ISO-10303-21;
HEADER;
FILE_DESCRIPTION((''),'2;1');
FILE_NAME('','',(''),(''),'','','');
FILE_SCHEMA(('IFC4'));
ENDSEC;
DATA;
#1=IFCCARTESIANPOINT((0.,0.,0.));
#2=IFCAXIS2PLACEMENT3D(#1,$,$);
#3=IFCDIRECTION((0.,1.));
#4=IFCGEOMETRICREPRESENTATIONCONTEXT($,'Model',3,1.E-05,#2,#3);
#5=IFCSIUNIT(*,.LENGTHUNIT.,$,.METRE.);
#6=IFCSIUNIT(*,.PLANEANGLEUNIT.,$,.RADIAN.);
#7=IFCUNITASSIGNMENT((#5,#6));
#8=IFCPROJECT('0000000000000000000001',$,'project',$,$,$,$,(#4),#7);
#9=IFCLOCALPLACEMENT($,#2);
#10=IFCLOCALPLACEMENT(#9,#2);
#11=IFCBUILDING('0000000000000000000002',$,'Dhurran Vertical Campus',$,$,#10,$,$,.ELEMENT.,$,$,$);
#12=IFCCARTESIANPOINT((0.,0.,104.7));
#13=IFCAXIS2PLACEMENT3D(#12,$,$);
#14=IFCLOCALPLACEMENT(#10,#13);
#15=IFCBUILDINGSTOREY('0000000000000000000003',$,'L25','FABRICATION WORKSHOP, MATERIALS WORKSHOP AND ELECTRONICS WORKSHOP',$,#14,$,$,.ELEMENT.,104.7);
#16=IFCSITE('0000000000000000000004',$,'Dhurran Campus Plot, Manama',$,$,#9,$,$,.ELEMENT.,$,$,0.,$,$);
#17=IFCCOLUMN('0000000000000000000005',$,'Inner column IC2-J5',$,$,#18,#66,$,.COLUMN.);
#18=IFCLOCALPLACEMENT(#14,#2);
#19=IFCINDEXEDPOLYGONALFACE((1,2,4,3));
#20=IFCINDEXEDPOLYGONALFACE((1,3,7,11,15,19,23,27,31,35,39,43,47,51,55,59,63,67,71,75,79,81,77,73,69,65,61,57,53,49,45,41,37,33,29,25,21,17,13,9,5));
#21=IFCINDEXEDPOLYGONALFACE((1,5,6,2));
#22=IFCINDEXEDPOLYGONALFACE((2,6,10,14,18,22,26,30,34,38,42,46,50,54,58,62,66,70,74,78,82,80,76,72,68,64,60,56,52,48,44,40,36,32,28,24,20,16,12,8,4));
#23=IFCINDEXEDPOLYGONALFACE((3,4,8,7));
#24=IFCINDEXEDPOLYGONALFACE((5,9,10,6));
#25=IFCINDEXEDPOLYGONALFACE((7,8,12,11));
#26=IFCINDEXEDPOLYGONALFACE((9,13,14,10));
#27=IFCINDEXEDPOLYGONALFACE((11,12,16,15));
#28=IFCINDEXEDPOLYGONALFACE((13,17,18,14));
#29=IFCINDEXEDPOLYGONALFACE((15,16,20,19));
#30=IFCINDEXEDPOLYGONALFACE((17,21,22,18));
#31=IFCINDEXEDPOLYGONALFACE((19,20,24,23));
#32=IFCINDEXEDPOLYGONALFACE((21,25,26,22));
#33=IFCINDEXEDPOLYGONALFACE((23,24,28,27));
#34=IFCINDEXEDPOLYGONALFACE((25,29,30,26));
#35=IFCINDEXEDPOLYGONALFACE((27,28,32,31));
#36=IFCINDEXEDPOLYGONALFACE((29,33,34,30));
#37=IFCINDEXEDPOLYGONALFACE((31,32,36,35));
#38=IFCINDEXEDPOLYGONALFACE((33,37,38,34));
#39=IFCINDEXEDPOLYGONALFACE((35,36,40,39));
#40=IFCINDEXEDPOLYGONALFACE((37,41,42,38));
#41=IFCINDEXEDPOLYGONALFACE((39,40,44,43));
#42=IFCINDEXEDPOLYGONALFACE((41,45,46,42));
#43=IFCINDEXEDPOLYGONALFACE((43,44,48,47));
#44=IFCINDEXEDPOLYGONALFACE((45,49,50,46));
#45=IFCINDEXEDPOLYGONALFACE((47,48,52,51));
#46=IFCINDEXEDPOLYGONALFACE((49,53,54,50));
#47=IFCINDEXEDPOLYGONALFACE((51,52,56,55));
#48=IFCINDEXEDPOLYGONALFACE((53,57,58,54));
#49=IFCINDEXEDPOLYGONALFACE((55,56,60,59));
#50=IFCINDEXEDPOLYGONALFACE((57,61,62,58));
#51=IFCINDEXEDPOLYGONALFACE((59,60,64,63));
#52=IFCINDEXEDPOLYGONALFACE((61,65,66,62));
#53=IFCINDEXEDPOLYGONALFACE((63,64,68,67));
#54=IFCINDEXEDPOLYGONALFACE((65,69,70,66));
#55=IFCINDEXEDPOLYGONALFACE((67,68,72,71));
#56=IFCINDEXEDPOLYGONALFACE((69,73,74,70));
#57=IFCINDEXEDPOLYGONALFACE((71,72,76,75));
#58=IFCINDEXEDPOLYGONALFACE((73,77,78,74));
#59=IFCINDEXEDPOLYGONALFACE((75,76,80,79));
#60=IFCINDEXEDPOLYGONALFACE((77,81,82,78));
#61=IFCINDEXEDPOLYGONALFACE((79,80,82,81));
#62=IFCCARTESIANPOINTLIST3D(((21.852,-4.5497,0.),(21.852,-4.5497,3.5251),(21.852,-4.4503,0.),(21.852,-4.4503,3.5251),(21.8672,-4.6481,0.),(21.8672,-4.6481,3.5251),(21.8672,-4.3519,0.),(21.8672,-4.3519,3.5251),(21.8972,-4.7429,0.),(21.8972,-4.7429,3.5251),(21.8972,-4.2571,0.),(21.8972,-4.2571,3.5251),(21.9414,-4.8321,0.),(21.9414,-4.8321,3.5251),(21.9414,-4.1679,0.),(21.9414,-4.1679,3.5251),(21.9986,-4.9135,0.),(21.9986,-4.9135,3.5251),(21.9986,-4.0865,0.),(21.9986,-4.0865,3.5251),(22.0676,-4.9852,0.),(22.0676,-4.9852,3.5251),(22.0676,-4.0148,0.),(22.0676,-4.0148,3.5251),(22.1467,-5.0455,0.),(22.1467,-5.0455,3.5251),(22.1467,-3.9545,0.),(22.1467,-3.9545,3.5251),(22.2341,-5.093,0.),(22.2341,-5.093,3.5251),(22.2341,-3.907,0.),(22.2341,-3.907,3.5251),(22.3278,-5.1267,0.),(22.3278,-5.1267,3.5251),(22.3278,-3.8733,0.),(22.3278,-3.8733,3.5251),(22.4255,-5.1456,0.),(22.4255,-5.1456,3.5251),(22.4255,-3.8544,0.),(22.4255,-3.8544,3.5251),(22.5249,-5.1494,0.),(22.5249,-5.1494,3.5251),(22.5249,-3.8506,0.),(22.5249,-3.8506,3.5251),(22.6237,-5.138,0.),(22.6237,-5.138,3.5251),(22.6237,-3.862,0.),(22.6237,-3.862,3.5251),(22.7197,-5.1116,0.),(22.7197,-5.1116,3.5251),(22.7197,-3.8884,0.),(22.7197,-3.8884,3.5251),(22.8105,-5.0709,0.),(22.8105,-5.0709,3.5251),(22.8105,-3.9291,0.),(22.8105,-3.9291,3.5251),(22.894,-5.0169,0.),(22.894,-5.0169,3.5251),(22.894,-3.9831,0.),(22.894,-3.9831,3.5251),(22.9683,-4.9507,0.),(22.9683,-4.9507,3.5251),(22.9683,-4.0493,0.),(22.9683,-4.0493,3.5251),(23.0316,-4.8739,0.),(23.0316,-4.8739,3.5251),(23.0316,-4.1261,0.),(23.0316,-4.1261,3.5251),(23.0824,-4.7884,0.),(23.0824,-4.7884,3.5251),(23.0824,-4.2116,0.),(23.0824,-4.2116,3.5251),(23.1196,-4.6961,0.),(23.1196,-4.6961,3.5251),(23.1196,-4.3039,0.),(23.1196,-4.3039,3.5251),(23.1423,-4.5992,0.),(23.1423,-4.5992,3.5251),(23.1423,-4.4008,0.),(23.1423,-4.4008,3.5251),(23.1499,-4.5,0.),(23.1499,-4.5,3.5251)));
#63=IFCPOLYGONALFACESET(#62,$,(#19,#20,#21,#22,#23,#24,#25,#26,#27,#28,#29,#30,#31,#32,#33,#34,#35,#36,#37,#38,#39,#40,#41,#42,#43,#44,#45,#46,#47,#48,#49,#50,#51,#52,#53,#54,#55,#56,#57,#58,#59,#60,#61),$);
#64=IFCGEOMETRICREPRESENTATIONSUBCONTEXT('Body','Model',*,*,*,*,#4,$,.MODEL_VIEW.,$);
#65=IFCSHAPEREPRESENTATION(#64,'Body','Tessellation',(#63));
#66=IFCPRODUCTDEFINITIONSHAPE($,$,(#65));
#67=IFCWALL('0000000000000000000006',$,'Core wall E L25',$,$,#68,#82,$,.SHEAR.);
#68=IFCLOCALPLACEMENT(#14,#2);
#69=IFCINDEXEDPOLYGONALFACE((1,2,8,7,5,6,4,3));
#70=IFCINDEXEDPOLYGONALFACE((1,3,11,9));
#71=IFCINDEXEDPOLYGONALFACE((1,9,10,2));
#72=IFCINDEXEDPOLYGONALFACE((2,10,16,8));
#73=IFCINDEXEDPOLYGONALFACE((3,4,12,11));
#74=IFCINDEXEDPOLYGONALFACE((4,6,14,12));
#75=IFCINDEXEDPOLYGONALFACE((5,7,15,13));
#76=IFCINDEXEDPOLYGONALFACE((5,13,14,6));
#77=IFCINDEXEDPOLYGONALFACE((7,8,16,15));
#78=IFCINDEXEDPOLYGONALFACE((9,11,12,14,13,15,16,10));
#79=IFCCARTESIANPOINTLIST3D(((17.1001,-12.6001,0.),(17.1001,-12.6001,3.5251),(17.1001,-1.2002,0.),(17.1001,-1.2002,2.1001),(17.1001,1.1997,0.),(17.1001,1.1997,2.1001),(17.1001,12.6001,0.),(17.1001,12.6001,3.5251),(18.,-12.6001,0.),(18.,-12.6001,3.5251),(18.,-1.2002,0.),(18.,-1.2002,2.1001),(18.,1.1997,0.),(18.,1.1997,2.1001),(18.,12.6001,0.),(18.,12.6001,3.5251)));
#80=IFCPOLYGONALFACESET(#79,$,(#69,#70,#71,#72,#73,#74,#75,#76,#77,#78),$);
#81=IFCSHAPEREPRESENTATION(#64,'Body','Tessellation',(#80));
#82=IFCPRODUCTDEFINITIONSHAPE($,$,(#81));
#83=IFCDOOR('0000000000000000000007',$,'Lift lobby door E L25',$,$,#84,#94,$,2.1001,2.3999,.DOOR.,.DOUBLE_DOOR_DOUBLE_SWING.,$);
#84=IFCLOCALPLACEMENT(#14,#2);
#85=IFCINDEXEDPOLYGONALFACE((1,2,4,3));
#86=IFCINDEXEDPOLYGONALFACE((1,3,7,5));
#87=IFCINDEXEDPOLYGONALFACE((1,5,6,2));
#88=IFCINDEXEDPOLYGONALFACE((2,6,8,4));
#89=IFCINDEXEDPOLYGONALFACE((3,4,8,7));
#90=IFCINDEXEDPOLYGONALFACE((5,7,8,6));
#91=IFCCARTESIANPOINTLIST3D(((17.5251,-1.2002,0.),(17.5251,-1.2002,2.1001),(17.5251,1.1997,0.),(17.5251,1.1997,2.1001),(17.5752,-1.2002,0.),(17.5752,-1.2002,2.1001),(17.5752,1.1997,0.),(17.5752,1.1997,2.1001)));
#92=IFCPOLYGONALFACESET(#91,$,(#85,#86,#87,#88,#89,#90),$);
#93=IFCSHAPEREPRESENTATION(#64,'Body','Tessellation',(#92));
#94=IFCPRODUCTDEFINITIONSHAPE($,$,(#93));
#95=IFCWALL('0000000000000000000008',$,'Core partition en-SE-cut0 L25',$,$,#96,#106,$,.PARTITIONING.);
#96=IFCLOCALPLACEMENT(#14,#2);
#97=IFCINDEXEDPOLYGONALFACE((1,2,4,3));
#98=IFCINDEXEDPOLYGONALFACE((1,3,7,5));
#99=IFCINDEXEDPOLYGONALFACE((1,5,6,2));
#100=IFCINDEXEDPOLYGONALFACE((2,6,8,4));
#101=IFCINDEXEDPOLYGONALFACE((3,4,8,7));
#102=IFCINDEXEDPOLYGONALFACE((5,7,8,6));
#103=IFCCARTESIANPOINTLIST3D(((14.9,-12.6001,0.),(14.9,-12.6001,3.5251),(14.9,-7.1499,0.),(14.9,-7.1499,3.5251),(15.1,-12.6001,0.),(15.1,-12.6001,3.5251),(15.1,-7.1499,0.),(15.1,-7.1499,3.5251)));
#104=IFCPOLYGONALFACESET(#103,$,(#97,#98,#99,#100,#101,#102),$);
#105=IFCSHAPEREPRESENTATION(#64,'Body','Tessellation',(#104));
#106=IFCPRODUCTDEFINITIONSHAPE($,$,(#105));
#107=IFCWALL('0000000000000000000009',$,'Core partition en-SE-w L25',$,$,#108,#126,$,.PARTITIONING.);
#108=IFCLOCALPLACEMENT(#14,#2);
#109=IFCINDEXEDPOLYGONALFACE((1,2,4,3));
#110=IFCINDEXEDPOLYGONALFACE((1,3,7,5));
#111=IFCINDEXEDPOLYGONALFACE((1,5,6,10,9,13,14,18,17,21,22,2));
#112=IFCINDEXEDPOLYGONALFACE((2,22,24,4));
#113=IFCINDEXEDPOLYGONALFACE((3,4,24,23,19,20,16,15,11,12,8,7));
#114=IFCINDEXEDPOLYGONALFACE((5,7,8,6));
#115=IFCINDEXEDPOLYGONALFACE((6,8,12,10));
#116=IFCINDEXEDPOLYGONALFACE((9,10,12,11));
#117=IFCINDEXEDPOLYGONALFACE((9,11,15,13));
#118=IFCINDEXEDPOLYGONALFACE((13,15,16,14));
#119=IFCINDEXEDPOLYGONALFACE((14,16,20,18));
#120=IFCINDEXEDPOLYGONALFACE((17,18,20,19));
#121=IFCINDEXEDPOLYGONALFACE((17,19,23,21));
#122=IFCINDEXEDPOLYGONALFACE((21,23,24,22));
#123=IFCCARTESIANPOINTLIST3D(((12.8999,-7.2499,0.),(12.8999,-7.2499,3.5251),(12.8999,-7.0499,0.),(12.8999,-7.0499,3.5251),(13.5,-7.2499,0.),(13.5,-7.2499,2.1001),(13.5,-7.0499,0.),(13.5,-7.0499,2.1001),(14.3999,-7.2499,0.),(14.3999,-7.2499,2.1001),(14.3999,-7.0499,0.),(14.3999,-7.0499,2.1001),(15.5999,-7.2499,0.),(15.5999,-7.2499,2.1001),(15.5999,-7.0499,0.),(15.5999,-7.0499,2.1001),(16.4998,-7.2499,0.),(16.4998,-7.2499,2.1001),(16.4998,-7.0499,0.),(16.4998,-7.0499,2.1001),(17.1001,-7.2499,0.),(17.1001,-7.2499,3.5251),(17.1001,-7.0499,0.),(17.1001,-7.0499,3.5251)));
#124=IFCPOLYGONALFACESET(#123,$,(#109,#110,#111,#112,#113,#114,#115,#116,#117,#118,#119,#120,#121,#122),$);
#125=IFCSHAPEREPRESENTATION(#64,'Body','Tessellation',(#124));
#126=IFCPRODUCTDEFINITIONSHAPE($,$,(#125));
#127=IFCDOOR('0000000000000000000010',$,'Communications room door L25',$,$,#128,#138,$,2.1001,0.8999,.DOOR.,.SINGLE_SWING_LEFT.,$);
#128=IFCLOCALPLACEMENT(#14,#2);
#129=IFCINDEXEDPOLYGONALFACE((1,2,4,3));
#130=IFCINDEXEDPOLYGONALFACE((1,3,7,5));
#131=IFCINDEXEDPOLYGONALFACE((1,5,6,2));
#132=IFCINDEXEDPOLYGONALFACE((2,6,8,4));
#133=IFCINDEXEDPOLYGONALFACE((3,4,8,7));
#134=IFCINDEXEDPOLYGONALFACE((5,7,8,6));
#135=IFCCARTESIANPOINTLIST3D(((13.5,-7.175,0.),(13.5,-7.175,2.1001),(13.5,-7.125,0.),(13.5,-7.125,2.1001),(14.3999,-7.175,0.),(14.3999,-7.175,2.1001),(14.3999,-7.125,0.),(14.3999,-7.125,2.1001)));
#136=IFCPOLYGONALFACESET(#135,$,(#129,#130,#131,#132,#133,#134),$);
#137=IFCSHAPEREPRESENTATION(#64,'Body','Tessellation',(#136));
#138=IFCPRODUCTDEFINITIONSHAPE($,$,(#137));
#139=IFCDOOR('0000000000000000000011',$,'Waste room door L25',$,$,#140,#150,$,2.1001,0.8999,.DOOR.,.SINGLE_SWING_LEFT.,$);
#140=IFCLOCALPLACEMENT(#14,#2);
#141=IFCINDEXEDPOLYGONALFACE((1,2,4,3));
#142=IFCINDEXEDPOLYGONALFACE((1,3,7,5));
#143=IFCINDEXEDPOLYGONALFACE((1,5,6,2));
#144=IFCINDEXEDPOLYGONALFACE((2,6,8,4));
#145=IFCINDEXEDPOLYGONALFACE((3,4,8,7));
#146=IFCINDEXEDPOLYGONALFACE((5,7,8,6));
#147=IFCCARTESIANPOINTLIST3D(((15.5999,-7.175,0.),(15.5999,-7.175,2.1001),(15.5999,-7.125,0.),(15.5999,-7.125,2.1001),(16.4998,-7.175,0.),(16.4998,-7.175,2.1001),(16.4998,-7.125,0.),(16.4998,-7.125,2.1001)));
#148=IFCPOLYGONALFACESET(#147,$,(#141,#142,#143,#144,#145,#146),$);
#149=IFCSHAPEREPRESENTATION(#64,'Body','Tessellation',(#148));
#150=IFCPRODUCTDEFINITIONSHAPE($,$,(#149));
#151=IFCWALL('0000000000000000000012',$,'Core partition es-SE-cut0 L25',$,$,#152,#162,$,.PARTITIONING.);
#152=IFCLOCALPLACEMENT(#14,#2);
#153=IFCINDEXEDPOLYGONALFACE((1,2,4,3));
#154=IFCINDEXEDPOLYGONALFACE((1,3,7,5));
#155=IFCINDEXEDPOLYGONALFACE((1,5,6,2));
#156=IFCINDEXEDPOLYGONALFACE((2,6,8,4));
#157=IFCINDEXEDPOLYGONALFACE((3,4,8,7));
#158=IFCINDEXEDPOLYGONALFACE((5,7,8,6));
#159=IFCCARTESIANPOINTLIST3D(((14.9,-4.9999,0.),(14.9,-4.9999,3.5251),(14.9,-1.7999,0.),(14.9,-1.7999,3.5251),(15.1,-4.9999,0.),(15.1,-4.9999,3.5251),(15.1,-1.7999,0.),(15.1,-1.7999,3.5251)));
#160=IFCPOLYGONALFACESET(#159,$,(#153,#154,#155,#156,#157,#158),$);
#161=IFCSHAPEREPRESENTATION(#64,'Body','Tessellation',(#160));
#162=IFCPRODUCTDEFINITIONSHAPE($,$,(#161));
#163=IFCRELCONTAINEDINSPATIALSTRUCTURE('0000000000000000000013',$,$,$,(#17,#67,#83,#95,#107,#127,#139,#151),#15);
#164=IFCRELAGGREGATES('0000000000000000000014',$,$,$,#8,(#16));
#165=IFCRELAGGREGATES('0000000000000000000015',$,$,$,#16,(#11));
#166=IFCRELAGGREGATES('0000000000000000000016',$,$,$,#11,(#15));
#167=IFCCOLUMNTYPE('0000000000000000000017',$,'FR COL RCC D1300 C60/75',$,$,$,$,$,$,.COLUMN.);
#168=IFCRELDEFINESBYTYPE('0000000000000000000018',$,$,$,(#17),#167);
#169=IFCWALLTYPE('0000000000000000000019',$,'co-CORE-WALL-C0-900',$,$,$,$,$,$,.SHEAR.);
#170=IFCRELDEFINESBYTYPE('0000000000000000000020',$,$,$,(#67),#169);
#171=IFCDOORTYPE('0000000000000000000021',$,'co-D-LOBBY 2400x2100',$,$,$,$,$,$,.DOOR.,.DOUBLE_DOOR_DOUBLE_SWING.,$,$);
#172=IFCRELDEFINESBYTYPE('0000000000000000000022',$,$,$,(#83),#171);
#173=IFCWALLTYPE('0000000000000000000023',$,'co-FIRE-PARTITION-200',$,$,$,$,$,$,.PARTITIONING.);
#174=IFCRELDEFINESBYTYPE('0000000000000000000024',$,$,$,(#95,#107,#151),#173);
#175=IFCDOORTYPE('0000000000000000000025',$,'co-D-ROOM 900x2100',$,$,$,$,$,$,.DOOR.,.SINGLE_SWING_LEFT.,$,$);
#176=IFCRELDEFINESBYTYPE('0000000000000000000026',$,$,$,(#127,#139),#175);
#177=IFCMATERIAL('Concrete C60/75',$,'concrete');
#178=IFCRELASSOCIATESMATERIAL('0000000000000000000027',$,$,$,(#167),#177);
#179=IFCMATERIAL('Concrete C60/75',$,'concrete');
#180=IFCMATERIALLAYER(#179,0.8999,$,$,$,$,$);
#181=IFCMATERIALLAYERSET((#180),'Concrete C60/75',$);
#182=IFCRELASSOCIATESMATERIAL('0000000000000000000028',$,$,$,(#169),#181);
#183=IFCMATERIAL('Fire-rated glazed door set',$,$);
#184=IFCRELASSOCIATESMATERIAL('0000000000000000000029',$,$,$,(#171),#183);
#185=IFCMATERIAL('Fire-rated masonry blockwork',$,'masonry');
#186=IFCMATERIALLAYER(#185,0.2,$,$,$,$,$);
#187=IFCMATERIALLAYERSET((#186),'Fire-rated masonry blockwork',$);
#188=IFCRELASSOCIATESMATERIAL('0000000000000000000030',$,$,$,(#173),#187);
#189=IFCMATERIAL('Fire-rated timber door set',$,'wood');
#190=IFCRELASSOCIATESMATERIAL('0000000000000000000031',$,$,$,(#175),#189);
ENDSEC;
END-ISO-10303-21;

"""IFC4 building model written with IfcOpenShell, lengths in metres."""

from ifc_helpers import new_model, si_unit, direction, frame, frame_2d, origin, origin_2d, place, context, subcontext, project, spatial, rectangle, circle, extrude, material, layer, layer_set, material_profile, profile_set, type_object, element, fill, save


model = new_model("IFC4")

# Units and contexts
model_context = context("Model", 3, precision=1e-05, world=origin(), true_north=direction((0.0, 1.0)))
body_context = subcontext(model_context, "Body", "Model", "MODEL_VIEW")
ifc_project = project(units=[si_unit("LENGTHUNIT", "METRE"), si_unit("PLANEANGLEUNIT", "RADIAN")], contexts=[model_context])

# Site, building, storey
site_placement = place(None, origin())
site = spatial("IfcSite", under=ifc_project, at=site_placement, Name="Dhurran Campus Plot, Manama", CompositionType="ELEMENT", RefElevation=0.0)
building_placement = place(site_placement, origin())
building = spatial("IfcBuilding", under=site, at=building_placement, Name="Dhurran Vertical Campus", CompositionType="ELEMENT")
storey_placement = place(building_placement, frame((0.0, 0.0, 104.7)))
storey = spatial("IfcBuildingStorey", under=building, at=storey_placement, Name="L25", Description="FABRICATION WORKSHOP, MATERIALS WORKSHOP AND ELECTRONICS WORKSHOP", CompositionType="ELEMENT", Elevation=104.7)

# Column
ifc_material_1 = material(Name="Concrete C60/75", Category="concrete")
ifc_material_profile = material_profile(ifc_material_1, circle(Radius=0.6499, at=origin_2d()), Name="RCC D1300")
ifc_profile_set = profile_set([ifc_material_profile], Name="Concrete C60/75")
column_type = type_object("IfcColumnType", Name="FR COL RCC D1300 C60/75", PredefinedType="COLUMN", material=ifc_profile_set)
column_placement = place(storey_placement, frame((22.5, -4.5, 0.0), z_axis=(0.0, 0.0, 1.0), x_axis=(1.0, 0.0, 0.0)))
element("IfcColumn", 1, at=column_placement, inside=storey, type_object=column_type, Name="Inner column IC2-J5", PredefinedType="COLUMN", context=body_context, shape_type="SweptSolid", body=[
    extrude(circle(Radius=0.6499, at=origin_2d()), origin(), (0.0, 0.0, 1.0), 3.5251),
])

# Wall, opening, door
ifc_material_2 = material(Name="Concrete C60/75", Category="concrete")
ifc_layer_1 = layer(ifc_material_2, 0.8999)
ifc_layer_set_1 = layer_set([ifc_layer_1], Name="Concrete C60/75")
wall_type_1 = type_object("IfcWallType", Name="co-CORE-WALL-C0-900", PredefinedType="SHEAR", material=ifc_layer_set_1)
wall_1_placement = place(storey_placement, frame((17.55, -12.6001, 0.0), z_axis=(0.0, 0.0, 1.0), x_axis=(0.0, 1.0, 0.0)))
wall_1 = element("IfcWall", 2, at=wall_1_placement, inside=storey, type_object=wall_type_1, Name="Core wall E L25", PredefinedType="SHEAR", context=body_context, shape_type="SweptSolid", body=[
    extrude(rectangle(XDim=25.2002, YDim=0.8999, at=frame_2d((12.6001, 0.0))), origin(), (0.0, 0.0, 1.0), 3.5251),
])
opening_1_placement = place(wall_1_placement, frame((11.3999, 0.0, 0.0)))
opening_1 = element("IfcOpeningElement", 3, at=opening_1_placement, cuts=wall_1, PredefinedType="OPENING", context=body_context, shape_type="SweptSolid", body=[
    extrude(rectangle(XDim=2.3999, YDim=2.1001, at=frame_2d((1.2, 1.05))), frame((0.0, 0.46, 0.0), z_axis=(0.0, -1.0, 0.0), x_axis=(1.0, 0.0, 0.0)), (0.0, 0.0, 1.0), 0.9199),
])
ifc_material_3 = material(Name="Fire-rated glazed door set")
door_type_1 = type_object("IfcDoorType", Name="co-D-LOBBY 2400x2100", OperationType="DOUBLE_DOOR_DOUBLE_SWING", PredefinedType="DOOR", material=ifc_material_3)
door_1_placement = place(opening_1_placement, origin())
door_1 = element("IfcDoor", 4, at=door_1_placement, inside=storey, type_object=door_type_1, Name="Lift lobby door E L25", OperationType="DOUBLE_DOOR_DOUBLE_SWING", OverallHeight=2.1001, OverallWidth=2.3999, PredefinedType="DOOR", context=body_context, shape_type="SweptSolid", body=[
    extrude(rectangle(XDim=2.3999, YDim=2.1001, at=frame_2d((1.2, 1.05))), frame((0.0, 0.0249, 0.0), z_axis=(0.0, -1.0, 0.0), x_axis=(1.0, 0.0, 0.0)), (0.0, 0.0, 1.0), 0.05),
])
fill(opening_1, door_1)

# Wall
ifc_material_4 = material(Name="Fire-rated masonry blockwork", Category="masonry")
ifc_layer_2 = layer(ifc_material_4, 0.2)
ifc_layer_set_2 = layer_set([ifc_layer_2], Name="Fire-rated masonry blockwork")
wall_type_2 = type_object("IfcWallType", Name="co-FIRE-PARTITION-200", PredefinedType="PARTITIONING", material=ifc_layer_set_2)
wall_2_placement = place(storey_placement, frame((15.0, -12.6001, 0.0), z_axis=(0.0, 0.0, 1.0), x_axis=(0.0, 1.0, 0.0)))
element("IfcWall", 5, at=wall_2_placement, inside=storey, type_object=wall_type_2, Name="Core partition en-SE-cut0 L25", PredefinedType="PARTITIONING", context=body_context, shape_type="SweptSolid", body=[
    extrude(rectangle(XDim=5.4502, YDim=0.2, at=frame_2d((2.7251, 0.0))), origin(), (0.0, 0.0, 1.0), 3.5251),
])

# Wall, openings, doors
wall_3_placement = place(storey_placement, frame((12.8999, -7.1499, 0.0), z_axis=(0.0, 0.0, 1.0), x_axis=(1.0, 0.0, 0.0)))
wall_3 = element("IfcWall", 6, at=wall_3_placement, inside=storey, type_object=wall_type_2, Name="Core partition en-SE-w L25", PredefinedType="PARTITIONING", context=body_context, shape_type="SweptSolid", body=[
    extrude(rectangle(XDim=4.2002, YDim=0.2, at=frame_2d((2.1001, 0.0))), origin(), (0.0, 0.0, 1.0), 3.5251),
])
opening_2_placement = place(wall_3_placement, frame((0.6001, 0.0, 0.0)))
opening_2 = element("IfcOpeningElement", 7, at=opening_2_placement, cuts=wall_3, PredefinedType="OPENING", context=body_context, shape_type="SweptSolid", body=[
    extrude(rectangle(XDim=0.8999, YDim=2.1001, at=frame_2d((0.45, 1.05))), frame((0.0, 0.1099, 0.0), z_axis=(0.0, -1.0, 0.0), x_axis=(1.0, 0.0, 0.0)), (0.0, 0.0, 1.0), 0.22),
])
opening_3_placement = place(wall_3_placement, frame((2.7, 0.0, 0.0)))
opening_3 = element("IfcOpeningElement", 8, at=opening_3_placement, cuts=wall_3, PredefinedType="OPENING", context=body_context, shape_type="SweptSolid", body=[
    extrude(rectangle(XDim=0.8999, YDim=2.1001, at=frame_2d((0.45, 1.05))), frame((0.0, 0.1099, 0.0), z_axis=(0.0, -1.0, 0.0), x_axis=(1.0, 0.0, 0.0)), (0.0, 0.0, 1.0), 0.22),
])
ifc_material_5 = material(Name="Fire-rated timber door set", Category="wood")
door_type_2 = type_object("IfcDoorType", Name="co-D-ROOM 900x2100", OperationType="SINGLE_SWING_LEFT", PredefinedType="DOOR", material=ifc_material_5)
door_2_placement = place(opening_2_placement, origin())
door_2 = element("IfcDoor", 9, at=door_2_placement, inside=storey, type_object=door_type_2, Name="Communications room door L25", OperationType="SINGLE_SWING_LEFT", OverallHeight=2.1001, OverallWidth=0.8999, PredefinedType="DOOR", context=body_context, shape_type="SweptSolid", body=[
    extrude(rectangle(XDim=0.8999, YDim=2.1001, at=frame_2d((0.45, 1.05))), frame((0.0, 0.0249, 0.0), z_axis=(0.0, -1.0, 0.0), x_axis=(1.0, 0.0, 0.0)), (0.0, 0.0, 1.0), 0.05),
])
fill(opening_2, door_2)
door_3_placement = place(opening_3_placement, origin())
door_3 = element("IfcDoor", 10, at=door_3_placement, inside=storey, type_object=door_type_2, Name="Waste room door L25", OperationType="SINGLE_SWING_LEFT", OverallHeight=2.1001, OverallWidth=0.8999, PredefinedType="DOOR", context=body_context, shape_type="SweptSolid", body=[
    extrude(rectangle(XDim=0.8999, YDim=2.1001, at=frame_2d((0.45, 1.05))), frame((0.0, 0.0249, 0.0), z_axis=(0.0, -1.0, 0.0), x_axis=(1.0, 0.0, 0.0)), (0.0, 0.0, 1.0), 0.05),
])
fill(opening_3, door_3)

# Wall
wall_4_placement = place(storey_placement, frame((15.0, -5.0, 0.0), z_axis=(0.0, 0.0, 1.0), x_axis=(0.0, 1.0, 0.0)))
element("IfcWall", 11, at=wall_4_placement, inside=storey, type_object=wall_type_2, Name="Core partition es-SE-cut0 L25", PredefinedType="PARTITIONING", context=body_context, shape_type="SweptSolid", body=[
    extrude(rectangle(XDim=3.2, YDim=0.2, at=frame_2d((1.6001, 0.0))), origin(), (0.0, 0.0, 1.0), 3.5251),
])

save(model, "model.ifc")
